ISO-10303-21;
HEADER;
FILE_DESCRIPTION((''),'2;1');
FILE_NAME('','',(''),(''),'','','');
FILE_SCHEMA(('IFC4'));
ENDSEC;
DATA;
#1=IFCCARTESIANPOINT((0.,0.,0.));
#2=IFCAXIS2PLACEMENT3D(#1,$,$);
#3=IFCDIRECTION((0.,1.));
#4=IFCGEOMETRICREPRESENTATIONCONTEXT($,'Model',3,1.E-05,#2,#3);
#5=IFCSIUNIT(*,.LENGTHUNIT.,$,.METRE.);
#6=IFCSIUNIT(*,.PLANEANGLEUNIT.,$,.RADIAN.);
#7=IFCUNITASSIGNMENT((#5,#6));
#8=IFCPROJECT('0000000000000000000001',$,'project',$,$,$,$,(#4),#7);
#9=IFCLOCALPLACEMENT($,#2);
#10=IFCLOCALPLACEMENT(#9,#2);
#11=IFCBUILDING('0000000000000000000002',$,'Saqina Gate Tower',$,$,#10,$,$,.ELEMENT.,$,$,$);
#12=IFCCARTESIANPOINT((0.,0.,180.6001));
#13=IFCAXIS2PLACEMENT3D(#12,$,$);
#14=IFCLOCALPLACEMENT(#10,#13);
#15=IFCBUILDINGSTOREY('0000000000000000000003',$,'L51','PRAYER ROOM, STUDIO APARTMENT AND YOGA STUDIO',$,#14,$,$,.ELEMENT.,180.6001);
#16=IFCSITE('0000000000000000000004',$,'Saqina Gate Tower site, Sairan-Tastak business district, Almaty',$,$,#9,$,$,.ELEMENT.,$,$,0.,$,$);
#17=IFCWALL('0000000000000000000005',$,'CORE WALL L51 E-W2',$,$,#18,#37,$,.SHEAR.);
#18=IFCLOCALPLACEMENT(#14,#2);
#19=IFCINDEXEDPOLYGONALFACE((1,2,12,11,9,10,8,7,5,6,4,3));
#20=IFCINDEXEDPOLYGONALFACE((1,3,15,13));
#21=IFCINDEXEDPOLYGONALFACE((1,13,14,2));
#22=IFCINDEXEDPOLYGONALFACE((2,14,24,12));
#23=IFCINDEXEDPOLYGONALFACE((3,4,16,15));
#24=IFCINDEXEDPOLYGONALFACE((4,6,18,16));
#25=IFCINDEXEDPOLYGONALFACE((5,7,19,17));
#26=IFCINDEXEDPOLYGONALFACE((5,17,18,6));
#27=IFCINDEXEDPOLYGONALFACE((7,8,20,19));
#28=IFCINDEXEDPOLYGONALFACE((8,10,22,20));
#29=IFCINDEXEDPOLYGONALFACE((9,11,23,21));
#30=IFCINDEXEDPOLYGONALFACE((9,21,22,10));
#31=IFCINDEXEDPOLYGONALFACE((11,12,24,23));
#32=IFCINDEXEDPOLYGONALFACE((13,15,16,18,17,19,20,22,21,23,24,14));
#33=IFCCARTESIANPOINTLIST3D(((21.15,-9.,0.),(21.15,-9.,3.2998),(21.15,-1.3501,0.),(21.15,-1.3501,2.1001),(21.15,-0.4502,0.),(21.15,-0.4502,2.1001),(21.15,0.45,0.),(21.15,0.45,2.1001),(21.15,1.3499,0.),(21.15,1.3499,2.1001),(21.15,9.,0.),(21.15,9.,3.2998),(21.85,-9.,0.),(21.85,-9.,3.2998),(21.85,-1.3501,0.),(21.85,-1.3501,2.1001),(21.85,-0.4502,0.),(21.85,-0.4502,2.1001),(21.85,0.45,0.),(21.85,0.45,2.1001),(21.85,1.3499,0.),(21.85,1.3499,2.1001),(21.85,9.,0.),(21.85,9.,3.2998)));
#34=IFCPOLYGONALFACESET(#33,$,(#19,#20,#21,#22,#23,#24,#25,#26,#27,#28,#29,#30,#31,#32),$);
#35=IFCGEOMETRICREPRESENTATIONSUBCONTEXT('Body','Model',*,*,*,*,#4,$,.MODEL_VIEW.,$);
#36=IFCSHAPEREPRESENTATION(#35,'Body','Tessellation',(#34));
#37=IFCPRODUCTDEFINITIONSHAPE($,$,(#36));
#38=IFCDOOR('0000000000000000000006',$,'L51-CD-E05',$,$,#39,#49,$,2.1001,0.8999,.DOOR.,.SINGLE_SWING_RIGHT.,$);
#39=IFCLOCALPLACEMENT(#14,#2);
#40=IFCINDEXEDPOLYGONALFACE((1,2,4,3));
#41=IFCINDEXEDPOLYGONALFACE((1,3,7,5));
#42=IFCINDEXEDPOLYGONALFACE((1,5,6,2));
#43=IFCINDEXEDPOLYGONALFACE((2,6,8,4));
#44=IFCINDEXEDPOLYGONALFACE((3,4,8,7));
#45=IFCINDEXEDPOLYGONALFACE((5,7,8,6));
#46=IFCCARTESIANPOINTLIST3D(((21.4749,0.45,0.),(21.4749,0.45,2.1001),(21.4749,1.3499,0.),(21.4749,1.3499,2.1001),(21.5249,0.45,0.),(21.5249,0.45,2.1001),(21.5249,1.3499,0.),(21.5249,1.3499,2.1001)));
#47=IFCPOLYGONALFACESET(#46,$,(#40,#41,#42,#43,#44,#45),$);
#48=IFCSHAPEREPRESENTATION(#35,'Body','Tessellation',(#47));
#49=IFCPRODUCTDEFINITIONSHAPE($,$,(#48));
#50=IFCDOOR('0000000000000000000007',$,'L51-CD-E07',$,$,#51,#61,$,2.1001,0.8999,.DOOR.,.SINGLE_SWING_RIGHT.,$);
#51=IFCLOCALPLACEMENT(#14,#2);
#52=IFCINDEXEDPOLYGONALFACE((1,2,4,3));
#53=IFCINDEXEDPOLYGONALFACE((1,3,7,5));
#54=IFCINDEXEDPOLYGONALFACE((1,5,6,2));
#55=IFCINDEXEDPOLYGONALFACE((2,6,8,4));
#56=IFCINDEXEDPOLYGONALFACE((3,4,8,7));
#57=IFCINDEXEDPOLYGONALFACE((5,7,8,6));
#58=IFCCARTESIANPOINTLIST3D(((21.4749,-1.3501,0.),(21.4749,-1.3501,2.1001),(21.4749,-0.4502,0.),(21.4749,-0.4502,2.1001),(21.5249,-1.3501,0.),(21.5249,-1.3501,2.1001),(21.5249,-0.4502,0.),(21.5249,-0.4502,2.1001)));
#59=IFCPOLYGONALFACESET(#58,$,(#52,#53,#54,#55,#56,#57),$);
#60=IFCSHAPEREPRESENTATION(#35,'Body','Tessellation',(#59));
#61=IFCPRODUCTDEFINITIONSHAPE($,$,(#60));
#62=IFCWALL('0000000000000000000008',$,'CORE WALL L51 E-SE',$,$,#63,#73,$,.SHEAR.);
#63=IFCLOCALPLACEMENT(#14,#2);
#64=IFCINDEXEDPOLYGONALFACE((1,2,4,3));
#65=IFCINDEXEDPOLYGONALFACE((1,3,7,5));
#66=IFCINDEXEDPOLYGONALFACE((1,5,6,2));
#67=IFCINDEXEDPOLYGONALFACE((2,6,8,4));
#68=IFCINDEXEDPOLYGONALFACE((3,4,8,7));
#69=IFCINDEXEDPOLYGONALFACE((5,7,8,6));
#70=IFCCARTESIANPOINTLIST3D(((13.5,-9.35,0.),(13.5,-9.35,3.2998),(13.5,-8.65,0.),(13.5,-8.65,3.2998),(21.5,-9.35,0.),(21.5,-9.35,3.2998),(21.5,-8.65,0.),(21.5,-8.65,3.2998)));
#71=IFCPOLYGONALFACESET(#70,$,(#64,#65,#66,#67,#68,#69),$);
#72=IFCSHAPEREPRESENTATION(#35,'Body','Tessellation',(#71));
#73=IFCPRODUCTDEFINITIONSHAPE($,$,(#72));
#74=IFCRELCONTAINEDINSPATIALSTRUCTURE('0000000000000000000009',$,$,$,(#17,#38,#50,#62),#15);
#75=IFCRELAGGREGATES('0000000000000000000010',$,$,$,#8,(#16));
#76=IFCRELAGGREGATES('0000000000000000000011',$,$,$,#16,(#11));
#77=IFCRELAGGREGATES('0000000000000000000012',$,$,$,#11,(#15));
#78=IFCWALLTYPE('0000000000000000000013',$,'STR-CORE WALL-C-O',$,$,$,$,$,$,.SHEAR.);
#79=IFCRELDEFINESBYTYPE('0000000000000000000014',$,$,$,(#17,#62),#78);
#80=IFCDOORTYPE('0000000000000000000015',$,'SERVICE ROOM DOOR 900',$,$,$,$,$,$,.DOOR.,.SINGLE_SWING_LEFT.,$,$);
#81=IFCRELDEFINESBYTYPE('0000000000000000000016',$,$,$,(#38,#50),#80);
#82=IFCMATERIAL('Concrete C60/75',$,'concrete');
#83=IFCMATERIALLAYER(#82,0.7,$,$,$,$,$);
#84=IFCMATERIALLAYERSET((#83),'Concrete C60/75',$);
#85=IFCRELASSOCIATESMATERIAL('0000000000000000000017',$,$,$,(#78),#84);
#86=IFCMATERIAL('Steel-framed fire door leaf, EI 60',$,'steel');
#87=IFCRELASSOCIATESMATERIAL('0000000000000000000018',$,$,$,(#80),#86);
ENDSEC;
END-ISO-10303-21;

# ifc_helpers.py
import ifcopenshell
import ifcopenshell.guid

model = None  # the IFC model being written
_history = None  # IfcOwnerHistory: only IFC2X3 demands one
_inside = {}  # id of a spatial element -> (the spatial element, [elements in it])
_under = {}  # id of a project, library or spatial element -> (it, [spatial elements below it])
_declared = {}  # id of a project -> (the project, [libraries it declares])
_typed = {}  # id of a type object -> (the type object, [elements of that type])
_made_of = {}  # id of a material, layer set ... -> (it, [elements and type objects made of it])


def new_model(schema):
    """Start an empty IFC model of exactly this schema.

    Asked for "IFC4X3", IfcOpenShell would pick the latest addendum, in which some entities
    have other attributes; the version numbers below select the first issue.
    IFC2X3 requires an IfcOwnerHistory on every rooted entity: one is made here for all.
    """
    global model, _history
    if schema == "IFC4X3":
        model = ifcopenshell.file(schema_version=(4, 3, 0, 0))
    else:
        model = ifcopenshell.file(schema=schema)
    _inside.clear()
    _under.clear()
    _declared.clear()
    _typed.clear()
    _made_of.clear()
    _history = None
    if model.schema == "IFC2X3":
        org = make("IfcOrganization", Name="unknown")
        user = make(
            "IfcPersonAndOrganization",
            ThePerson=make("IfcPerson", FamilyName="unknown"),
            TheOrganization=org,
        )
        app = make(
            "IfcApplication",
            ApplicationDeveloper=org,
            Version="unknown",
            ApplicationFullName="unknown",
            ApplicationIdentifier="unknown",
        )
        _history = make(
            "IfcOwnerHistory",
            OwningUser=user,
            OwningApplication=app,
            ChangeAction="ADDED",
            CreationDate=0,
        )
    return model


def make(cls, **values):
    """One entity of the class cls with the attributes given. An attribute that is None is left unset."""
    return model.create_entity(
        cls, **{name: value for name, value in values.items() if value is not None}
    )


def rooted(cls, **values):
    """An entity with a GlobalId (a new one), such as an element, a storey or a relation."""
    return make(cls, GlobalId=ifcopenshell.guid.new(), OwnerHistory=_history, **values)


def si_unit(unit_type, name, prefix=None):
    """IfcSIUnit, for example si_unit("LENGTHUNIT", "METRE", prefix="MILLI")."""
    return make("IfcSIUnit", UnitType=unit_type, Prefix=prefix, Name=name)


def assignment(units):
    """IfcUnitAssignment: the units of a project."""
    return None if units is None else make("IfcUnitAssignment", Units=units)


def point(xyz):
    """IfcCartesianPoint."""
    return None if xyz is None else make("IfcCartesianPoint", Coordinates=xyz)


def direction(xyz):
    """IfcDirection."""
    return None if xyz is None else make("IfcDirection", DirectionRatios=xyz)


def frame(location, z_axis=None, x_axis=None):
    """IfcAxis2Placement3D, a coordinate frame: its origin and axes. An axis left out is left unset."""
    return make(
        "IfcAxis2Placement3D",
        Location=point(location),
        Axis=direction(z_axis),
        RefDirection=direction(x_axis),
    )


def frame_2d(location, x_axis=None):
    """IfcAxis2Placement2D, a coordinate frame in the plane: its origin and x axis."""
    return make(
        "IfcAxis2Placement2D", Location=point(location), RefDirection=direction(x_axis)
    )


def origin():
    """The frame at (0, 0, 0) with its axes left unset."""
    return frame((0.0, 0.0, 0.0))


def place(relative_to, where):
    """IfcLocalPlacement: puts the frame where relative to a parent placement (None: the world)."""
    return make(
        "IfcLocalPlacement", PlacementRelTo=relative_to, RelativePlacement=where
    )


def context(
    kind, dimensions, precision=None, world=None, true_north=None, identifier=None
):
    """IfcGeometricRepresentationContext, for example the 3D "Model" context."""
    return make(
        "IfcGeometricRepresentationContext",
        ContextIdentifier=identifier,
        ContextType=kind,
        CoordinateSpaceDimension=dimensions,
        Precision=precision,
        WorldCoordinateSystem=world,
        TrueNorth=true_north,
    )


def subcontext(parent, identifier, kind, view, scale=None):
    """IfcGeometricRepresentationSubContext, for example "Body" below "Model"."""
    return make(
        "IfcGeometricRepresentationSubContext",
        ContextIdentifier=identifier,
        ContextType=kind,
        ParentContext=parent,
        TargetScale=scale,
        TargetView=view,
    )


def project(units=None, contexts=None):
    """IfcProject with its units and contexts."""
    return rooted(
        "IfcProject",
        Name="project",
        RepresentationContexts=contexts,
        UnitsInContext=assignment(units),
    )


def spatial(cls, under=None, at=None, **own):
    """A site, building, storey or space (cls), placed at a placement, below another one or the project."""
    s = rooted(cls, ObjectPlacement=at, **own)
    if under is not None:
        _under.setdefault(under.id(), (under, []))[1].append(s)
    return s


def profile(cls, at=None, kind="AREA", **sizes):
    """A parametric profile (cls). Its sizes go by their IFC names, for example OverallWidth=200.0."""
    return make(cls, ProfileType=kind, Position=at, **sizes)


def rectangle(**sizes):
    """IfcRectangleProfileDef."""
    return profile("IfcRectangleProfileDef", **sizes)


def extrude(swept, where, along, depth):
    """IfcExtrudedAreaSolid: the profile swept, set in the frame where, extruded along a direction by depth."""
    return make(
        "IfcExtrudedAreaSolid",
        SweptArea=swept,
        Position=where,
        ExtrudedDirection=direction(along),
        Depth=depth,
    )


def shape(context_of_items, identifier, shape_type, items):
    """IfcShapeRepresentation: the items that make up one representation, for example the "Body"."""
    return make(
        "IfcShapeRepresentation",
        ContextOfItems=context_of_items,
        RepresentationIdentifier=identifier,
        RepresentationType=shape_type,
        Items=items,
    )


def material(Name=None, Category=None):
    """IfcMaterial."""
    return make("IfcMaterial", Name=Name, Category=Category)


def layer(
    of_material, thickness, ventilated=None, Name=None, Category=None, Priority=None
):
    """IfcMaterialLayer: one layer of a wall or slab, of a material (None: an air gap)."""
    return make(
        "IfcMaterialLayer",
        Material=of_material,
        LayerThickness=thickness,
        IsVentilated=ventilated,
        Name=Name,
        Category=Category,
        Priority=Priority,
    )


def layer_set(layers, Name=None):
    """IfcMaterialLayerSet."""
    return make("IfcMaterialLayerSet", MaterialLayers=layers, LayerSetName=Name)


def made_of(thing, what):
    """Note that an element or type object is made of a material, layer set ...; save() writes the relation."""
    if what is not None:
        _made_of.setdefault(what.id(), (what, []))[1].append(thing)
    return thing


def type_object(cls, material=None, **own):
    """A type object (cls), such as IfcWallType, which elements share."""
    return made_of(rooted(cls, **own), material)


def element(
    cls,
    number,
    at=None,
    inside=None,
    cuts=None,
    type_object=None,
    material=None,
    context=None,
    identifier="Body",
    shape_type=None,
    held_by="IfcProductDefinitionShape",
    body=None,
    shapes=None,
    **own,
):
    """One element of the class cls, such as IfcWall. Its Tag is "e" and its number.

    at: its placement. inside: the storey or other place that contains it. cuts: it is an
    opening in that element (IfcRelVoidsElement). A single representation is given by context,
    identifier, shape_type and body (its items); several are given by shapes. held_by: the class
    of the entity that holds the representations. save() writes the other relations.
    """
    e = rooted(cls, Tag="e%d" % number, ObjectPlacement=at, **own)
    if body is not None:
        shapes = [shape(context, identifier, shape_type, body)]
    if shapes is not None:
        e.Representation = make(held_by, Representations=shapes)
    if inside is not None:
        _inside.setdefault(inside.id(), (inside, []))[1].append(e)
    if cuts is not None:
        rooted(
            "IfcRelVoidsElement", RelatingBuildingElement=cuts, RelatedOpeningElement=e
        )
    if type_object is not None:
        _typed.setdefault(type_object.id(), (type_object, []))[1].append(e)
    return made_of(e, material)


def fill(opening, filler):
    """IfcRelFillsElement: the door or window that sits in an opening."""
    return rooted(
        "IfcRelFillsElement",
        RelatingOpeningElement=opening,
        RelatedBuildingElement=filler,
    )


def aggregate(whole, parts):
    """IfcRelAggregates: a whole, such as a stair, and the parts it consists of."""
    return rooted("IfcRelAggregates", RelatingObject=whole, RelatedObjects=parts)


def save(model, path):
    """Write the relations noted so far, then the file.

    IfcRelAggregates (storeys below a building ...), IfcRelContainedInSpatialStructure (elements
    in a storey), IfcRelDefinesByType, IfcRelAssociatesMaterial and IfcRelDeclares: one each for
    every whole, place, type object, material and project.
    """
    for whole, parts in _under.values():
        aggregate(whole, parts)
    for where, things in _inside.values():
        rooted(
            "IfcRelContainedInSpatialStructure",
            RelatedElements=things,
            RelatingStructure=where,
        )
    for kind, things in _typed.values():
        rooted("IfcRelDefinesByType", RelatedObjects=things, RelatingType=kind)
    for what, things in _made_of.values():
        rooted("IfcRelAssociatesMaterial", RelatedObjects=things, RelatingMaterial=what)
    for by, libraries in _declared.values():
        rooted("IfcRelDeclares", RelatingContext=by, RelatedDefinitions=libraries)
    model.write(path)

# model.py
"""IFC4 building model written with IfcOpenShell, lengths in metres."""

from ifc_helpers import new_model, si_unit, direction, frame, frame_2d, origin, place, context, subcontext, project, spatial, rectangle, extrude, material, layer, layer_set, type_object, element, fill, save


model = new_model("IFC4")

# Units and contexts
model_context = context("Model", 3, precision=1e-05, world=origin(), true_north=direction((0.0, 1.0)))
body_context = subcontext(model_context, "Body", "Model", "MODEL_VIEW")
ifc_project = project(units=[si_unit("LENGTHUNIT", "METRE"), si_unit("PLANEANGLEUNIT", "RADIAN")], contexts=[model_context])

# Site, building, storey
site_placement = place(None, origin())
site = spatial("IfcSite", under=ifc_project, at=site_placement, Name="Saqina Gate Tower site, Sairan-Tastak business district, Almaty", CompositionType="ELEMENT", RefElevation=0.0)
building_placement = place(site_placement, origin())
building = spatial("IfcBuilding", under=site, at=building_placement, Name="Saqina Gate Tower", CompositionType="ELEMENT")
storey_placement = place(building_placement, frame((0.0, 0.0, 180.6001)))
storey = spatial("IfcBuildingStorey", under=building, at=storey_placement, Name="L51", Description="PRAYER ROOM, STUDIO APARTMENT AND YOGA STUDIO", CompositionType="ELEMENT", Elevation=180.6001)

# Wall, openings, doors
ifc_material_1 = material(Name="Concrete C60/75", Category="concrete")
ifc_layer_1 = layer(ifc_material_1, 0.7)
ifc_layer_set_1 = layer_set([ifc_layer_1], Name="Concrete C60/75")
wall_type_1 = type_object("IfcWallType", Name="STR-CORE WALL-C-O", PredefinedType="SHEAR", material=ifc_layer_set_1)
wall_1_placement = place(storey_placement, frame((21.5, -9.0, 0.0), z_axis=(0.0, 0.0, 1.0), x_axis=(0.0, 1.0, 0.0)))
wall_1 = element("IfcWall", 1, at=wall_1_placement, inside=storey, type_object=wall_type_1, Name="CORE WALL L51 E-W2", PredefinedType="SHEAR", context=body_context, shape_type="SweptSolid", body=[
    extrude(rectangle(XDim=18.0, YDim=0.7, at=frame_2d((9.0, 0.0))), origin(), (0.0, 0.0, 1.0), 3.2998),
])
opening_1_placement = place(wall_1_placement, frame((9.45, 0.0, 0.0)))
opening_1 = element("IfcOpeningElement", 2, at=opening_1_placement, cuts=wall_1, PredefinedType="OPENING", context=body_context, shape_type="SweptSolid", body=[
    extrude(rectangle(XDim=0.8999, YDim=2.1001, at=frame_2d((0.45, 1.05))), frame((0.0, 0.3621, 0.0), z_axis=(0.0, -1.0, 0.0), x_axis=(1.0, 0.0, 0.0)), (0.0, 0.0, 1.0), 0.7239),
])
opening_2_placement = place(wall_1_placement, frame((7.6499, 0.0, 0.0)))
opening_2 = element("IfcOpeningElement", 3, at=opening_2_placement, cuts=wall_1, PredefinedType="OPENING", context=body_context, shape_type="SweptSolid", body=[
    extrude(rectangle(XDim=0.8999, YDim=2.1001, at=frame_2d((0.45, 1.05))), frame((0.0, 0.3621, 0.0), z_axis=(0.0, -1.0, 0.0), x_axis=(1.0, 0.0, 0.0)), (0.0, 0.0, 1.0), 0.7239),
])
ifc_material_2 = material(Name="Steel-framed fire door leaf, EI 60", Category="steel")
door_type_1 = type_object("IfcDoorType", Name="SERVICE ROOM DOOR 900", OperationType="SINGLE_SWING_LEFT", PredefinedType="DOOR", material=ifc_material_2)
door_1_placement = place(opening_1_placement, frame((0.8999, 0.0, 0.0), z_axis=(0.0, 0.0, 1.0), x_axis=(-1.0, 0.0, 0.0)))
door_1 = element("IfcDoor", 4, at=door_1_placement, inside=storey, type_object=door_type_1, Name="L51-CD-E05", OperationType="SINGLE_SWING_RIGHT", OverallHeight=2.1001, OverallWidth=0.8999, PredefinedType="DOOR", context=body_context, shape_type="SweptSolid", body=[
    extrude(rectangle(XDim=0.8999, YDim=2.1001, at=frame_2d((0.45, 1.05))), frame((0.0, 0.0249, 0.0), z_axis=(0.0, -1.0, 0.0), x_axis=(1.0, 0.0, 0.0)), (0.0, 0.0, 1.0), 0.05),
])
fill(opening_1, door_1)
door_2_placement = place(opening_2_placement, frame((0.8999, 0.0, 0.0), z_axis=(0.0, 0.0, 1.0), x_axis=(-1.0, 0.0, 0.0)))
door_2 = element("IfcDoor", 5, at=door_2_placement, inside=storey, type_object=door_type_1, Name="L51-CD-E07", OperationType="SINGLE_SWING_RIGHT", OverallHeight=2.1001, OverallWidth=0.8999, PredefinedType="DOOR", context=body_context, shape_type="SweptSolid", body=[
    extrude(rectangle(XDim=0.8999, YDim=2.1001, at=frame_2d((0.45, 1.05))), frame((0.0, 0.0249, 0.0), z_axis=(0.0, -1.0, 0.0), x_axis=(1.0, 0.0, 0.0)), (0.0, 0.0, 1.0), 0.05),
])
fill(opening_2, door_2)

# Wall
wall_2_placement = place(storey_placement, frame((13.5, -9.0, 0.0), z_axis=(0.0, 0.0, 1.0), x_axis=(1.0, 0.0, 0.0)))
element("IfcWall", 6, at=wall_2_placement, inside=storey, type_object=wall_type_1, Name="CORE WALL L51 E-SE", PredefinedType="SHEAR", context=body_context, shape_type="SweptSolid", body=[
    extrude(rectangle(XDim=8.0, YDim=0.7, at=frame_2d((4.0, 0.0))), origin(), (0.0, 0.0, 1.0), 3.2998),
])

save(model, "model.ifc")
